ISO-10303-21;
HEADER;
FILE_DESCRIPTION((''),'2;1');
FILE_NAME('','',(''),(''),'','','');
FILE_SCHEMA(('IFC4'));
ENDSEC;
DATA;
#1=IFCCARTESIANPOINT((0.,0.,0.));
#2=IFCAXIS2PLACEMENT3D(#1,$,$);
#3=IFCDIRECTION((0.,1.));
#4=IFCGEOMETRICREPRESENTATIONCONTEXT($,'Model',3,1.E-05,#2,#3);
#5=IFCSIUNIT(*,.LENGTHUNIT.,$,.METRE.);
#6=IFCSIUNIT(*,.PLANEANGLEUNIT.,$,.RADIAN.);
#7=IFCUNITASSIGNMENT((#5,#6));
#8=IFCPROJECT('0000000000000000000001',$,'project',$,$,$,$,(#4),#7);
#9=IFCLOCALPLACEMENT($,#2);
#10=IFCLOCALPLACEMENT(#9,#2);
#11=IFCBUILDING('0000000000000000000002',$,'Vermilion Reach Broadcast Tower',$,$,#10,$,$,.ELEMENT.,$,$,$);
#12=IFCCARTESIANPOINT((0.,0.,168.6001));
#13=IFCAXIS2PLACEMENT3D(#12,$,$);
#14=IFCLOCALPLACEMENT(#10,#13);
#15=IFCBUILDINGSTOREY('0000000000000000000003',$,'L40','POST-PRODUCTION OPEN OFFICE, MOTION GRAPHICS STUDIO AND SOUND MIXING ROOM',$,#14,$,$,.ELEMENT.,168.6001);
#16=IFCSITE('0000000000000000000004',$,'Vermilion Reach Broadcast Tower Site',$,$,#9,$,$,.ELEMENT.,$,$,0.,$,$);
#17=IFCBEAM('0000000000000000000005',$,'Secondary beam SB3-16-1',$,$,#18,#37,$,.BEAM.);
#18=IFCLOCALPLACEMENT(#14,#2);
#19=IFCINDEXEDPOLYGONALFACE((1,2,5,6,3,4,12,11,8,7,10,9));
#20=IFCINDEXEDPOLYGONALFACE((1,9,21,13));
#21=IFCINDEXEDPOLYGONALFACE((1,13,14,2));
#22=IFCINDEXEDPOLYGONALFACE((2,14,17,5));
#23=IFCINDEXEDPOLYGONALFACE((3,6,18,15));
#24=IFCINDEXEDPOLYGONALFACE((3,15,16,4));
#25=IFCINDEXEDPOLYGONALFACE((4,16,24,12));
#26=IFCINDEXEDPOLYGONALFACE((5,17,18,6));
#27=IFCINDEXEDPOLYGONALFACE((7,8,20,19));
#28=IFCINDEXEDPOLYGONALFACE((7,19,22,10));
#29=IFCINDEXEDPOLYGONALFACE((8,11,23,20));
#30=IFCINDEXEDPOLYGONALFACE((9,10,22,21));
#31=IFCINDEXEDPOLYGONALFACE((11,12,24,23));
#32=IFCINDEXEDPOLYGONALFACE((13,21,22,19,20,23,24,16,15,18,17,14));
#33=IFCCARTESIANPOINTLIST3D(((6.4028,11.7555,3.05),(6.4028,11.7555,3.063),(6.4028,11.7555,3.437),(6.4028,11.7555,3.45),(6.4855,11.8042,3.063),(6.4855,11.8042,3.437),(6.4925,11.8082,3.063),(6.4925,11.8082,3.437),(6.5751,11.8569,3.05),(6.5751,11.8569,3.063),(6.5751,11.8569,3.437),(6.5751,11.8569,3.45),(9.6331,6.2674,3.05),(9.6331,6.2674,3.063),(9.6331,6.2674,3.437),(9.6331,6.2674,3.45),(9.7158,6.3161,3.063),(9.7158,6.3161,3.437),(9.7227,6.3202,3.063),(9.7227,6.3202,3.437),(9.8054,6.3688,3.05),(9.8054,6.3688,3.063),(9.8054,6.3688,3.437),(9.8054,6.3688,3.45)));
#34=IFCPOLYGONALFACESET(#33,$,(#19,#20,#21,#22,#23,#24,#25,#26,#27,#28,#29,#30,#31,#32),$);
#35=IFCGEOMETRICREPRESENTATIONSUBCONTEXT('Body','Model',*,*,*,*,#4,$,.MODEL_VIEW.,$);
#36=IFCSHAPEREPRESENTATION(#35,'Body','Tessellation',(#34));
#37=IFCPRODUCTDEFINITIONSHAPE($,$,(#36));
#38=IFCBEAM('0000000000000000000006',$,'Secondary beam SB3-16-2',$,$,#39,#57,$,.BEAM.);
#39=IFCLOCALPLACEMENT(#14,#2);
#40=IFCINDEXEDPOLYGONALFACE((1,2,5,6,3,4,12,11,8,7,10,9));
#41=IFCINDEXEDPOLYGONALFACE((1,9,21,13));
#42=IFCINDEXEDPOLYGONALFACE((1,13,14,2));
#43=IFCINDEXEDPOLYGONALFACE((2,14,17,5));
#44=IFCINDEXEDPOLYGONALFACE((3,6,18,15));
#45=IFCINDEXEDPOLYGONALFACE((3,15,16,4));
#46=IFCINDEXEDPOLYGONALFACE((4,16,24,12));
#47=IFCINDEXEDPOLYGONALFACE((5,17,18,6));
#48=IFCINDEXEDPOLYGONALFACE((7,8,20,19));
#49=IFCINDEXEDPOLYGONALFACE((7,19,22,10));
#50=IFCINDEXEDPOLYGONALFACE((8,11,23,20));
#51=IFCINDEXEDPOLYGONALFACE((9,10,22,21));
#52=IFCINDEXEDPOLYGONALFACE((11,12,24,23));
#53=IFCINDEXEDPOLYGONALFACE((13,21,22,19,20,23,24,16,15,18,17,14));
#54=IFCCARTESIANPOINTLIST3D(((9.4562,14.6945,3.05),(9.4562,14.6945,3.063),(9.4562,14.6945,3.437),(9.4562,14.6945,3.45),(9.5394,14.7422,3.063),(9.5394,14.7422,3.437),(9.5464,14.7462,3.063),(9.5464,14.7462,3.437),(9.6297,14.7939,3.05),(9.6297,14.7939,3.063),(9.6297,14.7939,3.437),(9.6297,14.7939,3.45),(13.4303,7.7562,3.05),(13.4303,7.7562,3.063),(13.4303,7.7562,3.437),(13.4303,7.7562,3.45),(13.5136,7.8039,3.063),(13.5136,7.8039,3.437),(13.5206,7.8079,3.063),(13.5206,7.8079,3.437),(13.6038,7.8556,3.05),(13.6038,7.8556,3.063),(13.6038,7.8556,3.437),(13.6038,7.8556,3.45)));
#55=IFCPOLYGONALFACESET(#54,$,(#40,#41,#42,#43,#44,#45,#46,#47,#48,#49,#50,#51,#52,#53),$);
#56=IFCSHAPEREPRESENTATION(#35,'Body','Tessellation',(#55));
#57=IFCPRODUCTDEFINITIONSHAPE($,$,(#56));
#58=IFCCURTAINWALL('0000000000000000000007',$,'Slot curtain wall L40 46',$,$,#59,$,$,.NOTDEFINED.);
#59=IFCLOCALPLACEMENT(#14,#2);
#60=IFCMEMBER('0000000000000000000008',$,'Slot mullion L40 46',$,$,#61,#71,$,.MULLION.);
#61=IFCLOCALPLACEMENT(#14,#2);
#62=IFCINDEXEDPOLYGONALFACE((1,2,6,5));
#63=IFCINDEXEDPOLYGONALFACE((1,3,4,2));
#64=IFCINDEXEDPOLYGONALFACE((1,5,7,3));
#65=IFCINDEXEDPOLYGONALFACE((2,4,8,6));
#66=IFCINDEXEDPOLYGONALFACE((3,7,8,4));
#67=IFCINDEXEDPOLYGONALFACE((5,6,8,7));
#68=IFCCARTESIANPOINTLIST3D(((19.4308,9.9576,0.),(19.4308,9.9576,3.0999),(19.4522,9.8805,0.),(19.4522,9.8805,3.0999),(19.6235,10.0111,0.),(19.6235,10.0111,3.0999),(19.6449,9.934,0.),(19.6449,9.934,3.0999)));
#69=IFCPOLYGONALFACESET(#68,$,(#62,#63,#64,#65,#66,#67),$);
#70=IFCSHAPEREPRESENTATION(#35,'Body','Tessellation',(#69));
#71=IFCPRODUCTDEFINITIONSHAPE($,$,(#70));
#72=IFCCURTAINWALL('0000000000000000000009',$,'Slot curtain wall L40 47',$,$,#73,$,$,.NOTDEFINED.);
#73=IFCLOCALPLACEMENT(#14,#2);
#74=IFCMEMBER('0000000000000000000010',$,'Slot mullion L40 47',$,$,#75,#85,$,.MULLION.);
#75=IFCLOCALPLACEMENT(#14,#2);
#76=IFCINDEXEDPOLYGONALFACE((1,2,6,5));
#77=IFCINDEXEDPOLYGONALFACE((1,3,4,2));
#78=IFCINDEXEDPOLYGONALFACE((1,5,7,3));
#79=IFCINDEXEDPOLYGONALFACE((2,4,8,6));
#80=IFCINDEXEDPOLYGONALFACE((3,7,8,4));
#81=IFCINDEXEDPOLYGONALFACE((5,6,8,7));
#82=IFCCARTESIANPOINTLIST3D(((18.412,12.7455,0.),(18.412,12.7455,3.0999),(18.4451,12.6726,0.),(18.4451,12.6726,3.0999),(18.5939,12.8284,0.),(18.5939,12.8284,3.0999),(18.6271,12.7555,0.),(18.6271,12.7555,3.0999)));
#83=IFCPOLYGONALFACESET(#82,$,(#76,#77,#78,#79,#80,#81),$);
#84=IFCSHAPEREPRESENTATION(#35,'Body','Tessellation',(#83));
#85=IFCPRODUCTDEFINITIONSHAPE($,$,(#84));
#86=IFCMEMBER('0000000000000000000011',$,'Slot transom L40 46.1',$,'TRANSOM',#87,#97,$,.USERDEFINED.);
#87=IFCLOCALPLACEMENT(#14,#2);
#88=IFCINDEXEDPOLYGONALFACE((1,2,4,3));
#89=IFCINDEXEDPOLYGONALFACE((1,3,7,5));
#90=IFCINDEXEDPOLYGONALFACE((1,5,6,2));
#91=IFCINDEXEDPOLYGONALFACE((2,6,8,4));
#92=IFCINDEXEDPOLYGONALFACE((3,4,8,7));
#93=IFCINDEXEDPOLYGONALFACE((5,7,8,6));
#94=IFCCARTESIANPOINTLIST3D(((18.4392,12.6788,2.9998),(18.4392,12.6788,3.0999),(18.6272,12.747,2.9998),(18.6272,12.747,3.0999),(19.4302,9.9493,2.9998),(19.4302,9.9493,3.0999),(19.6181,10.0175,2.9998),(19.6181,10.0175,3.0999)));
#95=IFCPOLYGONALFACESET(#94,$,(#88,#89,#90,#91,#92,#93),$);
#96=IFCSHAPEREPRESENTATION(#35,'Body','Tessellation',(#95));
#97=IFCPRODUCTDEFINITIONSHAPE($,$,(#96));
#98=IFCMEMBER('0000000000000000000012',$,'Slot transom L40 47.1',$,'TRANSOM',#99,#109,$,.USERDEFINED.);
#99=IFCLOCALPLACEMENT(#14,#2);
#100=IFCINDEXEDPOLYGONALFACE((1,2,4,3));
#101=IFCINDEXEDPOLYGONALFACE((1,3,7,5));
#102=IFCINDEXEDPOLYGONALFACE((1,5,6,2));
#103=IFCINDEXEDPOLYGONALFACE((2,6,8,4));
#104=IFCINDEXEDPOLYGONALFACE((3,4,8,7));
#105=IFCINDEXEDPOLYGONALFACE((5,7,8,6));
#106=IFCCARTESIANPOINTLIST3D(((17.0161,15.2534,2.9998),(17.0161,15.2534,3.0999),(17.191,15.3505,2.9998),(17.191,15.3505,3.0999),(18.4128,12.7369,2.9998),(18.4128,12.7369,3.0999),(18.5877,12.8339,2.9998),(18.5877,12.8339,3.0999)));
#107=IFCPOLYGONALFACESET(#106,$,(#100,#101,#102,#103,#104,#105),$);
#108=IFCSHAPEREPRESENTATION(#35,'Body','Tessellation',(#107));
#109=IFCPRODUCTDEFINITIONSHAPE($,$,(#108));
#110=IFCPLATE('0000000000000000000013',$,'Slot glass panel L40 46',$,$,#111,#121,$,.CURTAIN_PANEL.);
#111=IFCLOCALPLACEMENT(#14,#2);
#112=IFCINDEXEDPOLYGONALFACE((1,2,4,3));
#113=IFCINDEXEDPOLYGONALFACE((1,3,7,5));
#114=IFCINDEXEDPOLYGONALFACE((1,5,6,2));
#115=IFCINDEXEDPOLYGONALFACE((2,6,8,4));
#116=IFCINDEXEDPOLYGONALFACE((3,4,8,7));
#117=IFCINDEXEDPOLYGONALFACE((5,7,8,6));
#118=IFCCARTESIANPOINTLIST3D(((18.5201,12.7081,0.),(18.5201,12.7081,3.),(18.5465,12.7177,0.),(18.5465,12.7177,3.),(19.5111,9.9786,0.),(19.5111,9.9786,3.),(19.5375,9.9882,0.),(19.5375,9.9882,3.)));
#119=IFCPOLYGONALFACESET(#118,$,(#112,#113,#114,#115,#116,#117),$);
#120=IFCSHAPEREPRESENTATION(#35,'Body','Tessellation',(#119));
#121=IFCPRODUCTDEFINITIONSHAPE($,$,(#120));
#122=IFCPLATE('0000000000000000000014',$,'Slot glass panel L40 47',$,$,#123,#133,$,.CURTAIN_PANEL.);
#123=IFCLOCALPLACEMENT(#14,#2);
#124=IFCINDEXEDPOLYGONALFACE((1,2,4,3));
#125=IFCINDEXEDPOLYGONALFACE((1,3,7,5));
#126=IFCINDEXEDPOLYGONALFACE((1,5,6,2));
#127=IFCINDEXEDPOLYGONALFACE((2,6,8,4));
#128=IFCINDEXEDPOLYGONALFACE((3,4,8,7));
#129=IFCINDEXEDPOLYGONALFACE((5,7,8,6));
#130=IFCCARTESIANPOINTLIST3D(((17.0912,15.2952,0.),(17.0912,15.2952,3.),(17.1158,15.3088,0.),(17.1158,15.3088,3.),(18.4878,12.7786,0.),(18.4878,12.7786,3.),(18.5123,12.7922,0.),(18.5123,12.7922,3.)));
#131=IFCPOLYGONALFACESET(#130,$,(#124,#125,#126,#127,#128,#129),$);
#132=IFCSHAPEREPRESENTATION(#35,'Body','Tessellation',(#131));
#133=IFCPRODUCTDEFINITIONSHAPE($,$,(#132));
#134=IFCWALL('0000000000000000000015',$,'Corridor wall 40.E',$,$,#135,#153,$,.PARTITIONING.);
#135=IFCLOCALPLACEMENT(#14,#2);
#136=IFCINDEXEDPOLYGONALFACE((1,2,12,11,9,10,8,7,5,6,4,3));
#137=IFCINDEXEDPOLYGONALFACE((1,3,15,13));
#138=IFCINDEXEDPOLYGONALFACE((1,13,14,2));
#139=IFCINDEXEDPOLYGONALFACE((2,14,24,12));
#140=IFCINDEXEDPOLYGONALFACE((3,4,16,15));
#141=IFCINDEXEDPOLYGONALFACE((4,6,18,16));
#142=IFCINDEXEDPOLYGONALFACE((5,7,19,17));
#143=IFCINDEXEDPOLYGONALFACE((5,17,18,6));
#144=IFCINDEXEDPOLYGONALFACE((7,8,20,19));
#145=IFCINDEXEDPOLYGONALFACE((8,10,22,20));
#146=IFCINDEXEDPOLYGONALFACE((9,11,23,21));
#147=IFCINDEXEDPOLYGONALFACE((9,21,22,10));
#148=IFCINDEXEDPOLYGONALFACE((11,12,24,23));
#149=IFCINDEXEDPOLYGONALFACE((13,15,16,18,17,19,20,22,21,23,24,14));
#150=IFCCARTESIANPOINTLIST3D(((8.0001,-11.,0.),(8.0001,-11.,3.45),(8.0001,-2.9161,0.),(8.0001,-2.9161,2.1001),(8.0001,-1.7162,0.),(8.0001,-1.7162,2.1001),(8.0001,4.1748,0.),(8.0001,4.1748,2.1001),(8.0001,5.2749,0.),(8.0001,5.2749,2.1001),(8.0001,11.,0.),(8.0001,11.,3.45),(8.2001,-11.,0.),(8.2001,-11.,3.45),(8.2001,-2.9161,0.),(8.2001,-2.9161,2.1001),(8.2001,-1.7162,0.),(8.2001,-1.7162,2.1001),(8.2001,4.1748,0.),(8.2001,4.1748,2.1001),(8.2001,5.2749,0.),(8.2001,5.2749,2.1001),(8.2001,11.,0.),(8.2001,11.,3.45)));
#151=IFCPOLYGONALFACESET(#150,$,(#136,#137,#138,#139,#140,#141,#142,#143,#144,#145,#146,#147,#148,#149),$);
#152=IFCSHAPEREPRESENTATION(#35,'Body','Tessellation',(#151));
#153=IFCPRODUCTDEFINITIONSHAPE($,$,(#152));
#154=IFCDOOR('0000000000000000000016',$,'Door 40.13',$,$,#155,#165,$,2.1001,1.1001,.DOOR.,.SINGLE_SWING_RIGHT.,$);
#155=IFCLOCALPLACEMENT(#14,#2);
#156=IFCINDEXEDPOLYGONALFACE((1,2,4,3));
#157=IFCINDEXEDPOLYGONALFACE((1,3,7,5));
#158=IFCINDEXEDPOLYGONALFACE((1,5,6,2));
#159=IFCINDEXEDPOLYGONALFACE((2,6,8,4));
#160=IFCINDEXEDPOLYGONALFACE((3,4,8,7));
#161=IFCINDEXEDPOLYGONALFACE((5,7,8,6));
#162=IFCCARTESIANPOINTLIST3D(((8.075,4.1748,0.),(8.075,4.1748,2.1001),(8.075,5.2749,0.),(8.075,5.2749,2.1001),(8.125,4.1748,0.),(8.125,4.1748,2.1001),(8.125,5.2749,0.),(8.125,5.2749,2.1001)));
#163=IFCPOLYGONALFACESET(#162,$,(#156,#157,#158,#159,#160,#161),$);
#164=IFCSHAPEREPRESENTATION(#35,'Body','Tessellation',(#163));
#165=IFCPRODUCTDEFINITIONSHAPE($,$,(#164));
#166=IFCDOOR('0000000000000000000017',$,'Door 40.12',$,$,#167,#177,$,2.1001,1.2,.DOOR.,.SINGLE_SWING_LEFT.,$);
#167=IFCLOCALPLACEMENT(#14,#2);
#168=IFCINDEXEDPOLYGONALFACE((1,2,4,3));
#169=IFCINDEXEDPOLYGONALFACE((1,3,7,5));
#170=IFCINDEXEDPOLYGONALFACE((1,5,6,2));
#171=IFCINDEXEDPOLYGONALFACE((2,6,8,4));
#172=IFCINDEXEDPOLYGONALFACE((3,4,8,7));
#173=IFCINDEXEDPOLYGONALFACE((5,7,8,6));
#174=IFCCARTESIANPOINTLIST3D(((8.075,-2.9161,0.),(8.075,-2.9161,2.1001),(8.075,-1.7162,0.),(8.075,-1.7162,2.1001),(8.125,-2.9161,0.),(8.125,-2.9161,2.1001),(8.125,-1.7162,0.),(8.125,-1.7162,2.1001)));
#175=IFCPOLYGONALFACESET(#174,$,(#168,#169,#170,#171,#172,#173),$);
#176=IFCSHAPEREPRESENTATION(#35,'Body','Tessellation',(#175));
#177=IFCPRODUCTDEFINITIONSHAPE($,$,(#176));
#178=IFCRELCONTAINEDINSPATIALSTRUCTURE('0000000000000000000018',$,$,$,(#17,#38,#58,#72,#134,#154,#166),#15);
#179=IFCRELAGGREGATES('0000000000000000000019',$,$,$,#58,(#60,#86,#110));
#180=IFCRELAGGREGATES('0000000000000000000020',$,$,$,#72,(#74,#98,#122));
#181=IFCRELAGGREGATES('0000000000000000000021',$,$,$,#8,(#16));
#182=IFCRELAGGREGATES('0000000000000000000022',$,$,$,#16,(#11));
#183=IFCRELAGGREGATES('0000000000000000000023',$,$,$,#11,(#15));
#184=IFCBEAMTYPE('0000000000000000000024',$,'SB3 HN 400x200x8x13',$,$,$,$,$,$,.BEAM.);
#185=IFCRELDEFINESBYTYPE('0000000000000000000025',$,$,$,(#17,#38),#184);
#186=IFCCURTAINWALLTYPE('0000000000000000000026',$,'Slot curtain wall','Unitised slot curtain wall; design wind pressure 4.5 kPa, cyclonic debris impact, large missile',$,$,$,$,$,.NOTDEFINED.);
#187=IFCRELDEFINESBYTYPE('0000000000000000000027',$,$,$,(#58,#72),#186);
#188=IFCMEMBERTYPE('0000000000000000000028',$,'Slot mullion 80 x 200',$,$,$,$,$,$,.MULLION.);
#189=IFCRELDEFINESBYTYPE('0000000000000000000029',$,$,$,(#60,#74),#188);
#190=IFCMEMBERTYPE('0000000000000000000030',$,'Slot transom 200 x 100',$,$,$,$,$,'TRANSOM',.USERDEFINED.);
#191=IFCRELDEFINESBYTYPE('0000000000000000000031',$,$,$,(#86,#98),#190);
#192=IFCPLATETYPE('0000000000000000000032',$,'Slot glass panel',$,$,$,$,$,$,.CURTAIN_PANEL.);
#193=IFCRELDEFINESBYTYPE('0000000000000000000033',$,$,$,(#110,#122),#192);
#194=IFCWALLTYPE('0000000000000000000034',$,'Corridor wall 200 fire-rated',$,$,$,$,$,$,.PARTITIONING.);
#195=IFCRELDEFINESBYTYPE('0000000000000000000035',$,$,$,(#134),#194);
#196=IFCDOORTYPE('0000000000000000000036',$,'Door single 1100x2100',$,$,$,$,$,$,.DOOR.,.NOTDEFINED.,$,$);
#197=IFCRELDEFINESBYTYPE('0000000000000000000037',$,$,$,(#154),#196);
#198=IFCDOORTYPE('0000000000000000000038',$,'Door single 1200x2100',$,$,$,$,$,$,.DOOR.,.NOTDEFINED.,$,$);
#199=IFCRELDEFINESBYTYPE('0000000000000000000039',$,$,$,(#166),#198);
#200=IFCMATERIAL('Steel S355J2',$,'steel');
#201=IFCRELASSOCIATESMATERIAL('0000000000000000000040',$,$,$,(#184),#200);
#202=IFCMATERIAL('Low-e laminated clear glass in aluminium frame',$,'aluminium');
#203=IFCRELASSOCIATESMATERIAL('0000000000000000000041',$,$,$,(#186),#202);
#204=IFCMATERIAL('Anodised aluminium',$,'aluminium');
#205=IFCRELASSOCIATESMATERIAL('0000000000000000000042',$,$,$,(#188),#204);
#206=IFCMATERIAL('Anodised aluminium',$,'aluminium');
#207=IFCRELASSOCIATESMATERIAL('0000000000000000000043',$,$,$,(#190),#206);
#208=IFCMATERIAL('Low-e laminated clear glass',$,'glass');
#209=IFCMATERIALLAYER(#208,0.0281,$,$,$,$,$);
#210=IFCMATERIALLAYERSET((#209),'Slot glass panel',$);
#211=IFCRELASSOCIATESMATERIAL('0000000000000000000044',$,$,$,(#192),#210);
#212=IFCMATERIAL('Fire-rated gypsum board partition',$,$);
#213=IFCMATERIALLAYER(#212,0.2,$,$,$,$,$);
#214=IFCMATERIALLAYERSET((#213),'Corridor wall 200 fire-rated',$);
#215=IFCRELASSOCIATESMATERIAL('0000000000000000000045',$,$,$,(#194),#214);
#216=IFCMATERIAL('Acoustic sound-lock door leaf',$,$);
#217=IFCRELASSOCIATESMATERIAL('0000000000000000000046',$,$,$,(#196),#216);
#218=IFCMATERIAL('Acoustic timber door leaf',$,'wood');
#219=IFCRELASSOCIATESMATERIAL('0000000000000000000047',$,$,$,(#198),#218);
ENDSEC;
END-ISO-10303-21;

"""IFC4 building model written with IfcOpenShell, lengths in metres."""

from ifc_helpers import new_model, si_unit, direction, frame, frame_2d, origin, origin_2d, place, context, subcontext, project, spatial, rectangle, i_section, extrude, material, layer, layer_set, material_profile, profile_set, type_object, element, fill, aggregate, save


model = new_model("IFC4")

# Units and contexts
model_context = context("Model", 3, precision=1e-05, world=origin(), true_north=direction((0.0, 1.0)))
body_context = subcontext(model_context, "Body", "Model", "MODEL_VIEW")
ifc_project = project(units=[si_unit("LENGTHUNIT", "METRE"), si_unit("PLANEANGLEUNIT", "RADIAN")], contexts=[model_context])

# Site, building, storey
site_placement = place(None, origin())
site = spatial("IfcSite", under=ifc_project, at=site_placement, Name="Vermilion Reach Broadcast Tower Site", CompositionType="ELEMENT", RefElevation=0.0)
building_placement = place(site_placement, origin())
building = spatial("IfcBuilding", under=site, at=building_placement, Name="Vermilion Reach Broadcast Tower", CompositionType="ELEMENT")
storey_placement = place(building_placement, frame((0.0, 0.0, 168.6001)))
storey = spatial("IfcBuildingStorey", under=building, at=storey_placement, Name="L40", Description="POST-PRODUCTION OPEN OFFICE, MOTION GRAPHICS STUDIO AND SOUND MIXING ROOM", CompositionType="ELEMENT", Elevation=168.6001)

# Beams
ifc_material_1 = material(Name="Steel S355J2", Category="steel")
ifc_material_profile_1 = material_profile(ifc_material_1, i_section(OverallWidth=0.2, OverallDepth=0.3999, WebThickness=0.0081, FlangeThickness=0.0129, at=origin_2d()), Name="S355J2 HN 400x200x8x13")
ifc_profile_set_1 = profile_set([ifc_material_profile_1], Name="Steel S355J2")
beam_type_1 = type_object("IfcBeamType", Name="SB3 HN 400x200x8x13", PredefinedType="BEAM", material=ifc_profile_set_1)
beam_1_placement = place(storey_placement, frame((9.7192, 6.3181, 3.25), z_axis=(-0.50725, 0.861799, 0.0), x_axis=(-0.861799, -0.50725, 0.0)))
element("IfcBeam", 1, at=beam_1_placement, inside=storey, type_object=beam_type_1, Name="Secondary beam SB3-16-1", PredefinedType="BEAM", context=body_context, shape_type="SweptSolid", body=[
    extrude(i_section(OverallWidth=0.2, OverallDepth=0.3999, WebThickness=0.0081, FlangeThickness=0.0129, at=origin_2d()), origin(), (0.0, 0.0, 1.0), 6.3682),
])
beam_2_placement = place(storey_placement, frame((13.5171, 7.8059, 3.25), z_axis=(-0.497027, 0.867735, 0.0), x_axis=(-0.867735, -0.497027, 0.0)))
element("IfcBeam", 2, at=beam_2_placement, inside=storey, type_object=beam_type_1, Name="Secondary beam SB3-16-2", PredefinedType="BEAM", context=body_context, shape_type="SweptSolid", body=[
    extrude(i_section(OverallWidth=0.2, OverallDepth=0.3999, WebThickness=0.0081, FlangeThickness=0.0129, at=origin_2d()), origin(), (0.0, 0.0, 1.0), 7.9958),
])

# Curtain walls, members
ifc_material_2 = material(Name="Low-e laminated clear glass in aluminium frame", Category="aluminium")
curtain_wall_type = type_object("IfcCurtainWallType", Name="Slot curtain wall", Description="Unitised slot curtain wall; design wind pressure 4.5 kPa, cyclonic debris impact, large missile", PredefinedType="NOTDEFINED", material=ifc_material_2)
placement = place(storey_placement, origin())
curtain_wall_1 = element("IfcCurtainWall", 3, at=placement, inside=storey, type_object=curtain_wall_type, Name="Slot curtain wall L40 46", PredefinedType="NOTDEFINED")
ifc_material_3 = material(Name="Anodised aluminium", Category="aluminium")
ifc_material_profile_2 = material_profile(ifc_material_3, rectangle(XDim=0.2, YDim=0.0801, at=origin_2d()), Name="Slot mullion 80 x 200")
ifc_profile_set_2 = profile_set([ifc_material_profile_2], Name="Anodised aluminium")
member_type_1 = type_object("IfcMemberType", Name="Slot mullion 80 x 200", PredefinedType="MULLION", material=ifc_profile_set_2)
member_1_placement = place(storey_placement, frame((19.5378, 9.9458, 0.0), z_axis=(0.0, 0.0, 1.0), x_axis=(-0.963506, -0.267685, 0.0)))
member_1 = element("IfcMember", 4, at=member_1_placement, type_object=member_type_1, Name="Slot mullion L40 46", PredefinedType="MULLION", context=body_context, shape_type="SweptSolid", body=[
    extrude(rectangle(XDim=0.2, YDim=0.0801, at=origin_2d()), origin(), (0.0, 0.0, 1.0), 3.0999),
])
curtain_wall_2 = element("IfcCurtainWall", 5, at=placement, inside=storey, type_object=curtain_wall_type, Name="Slot curtain wall L40 47", PredefinedType="NOTDEFINED")
member_2_placement = place(storey_placement, frame((18.5195, 12.7505, 0.0), z_axis=(0.0, 0.0, 1.0), x_axis=(-0.910026, -0.414552, 0.0)))
member_2 = element("IfcMember", 6, at=member_2_placement, type_object=member_type_1, Name="Slot mullion L40 47", PredefinedType="MULLION", context=body_context, shape_type="SweptSolid", body=[
    extrude(rectangle(XDim=0.2, YDim=0.0801, at=origin_2d()), origin(), (0.0, 0.0, 1.0), 3.0999),
])

# Members
ifc_material_4 = material(Name="Anodised aluminium", Category="aluminium")
ifc_material_profile_3 = material_profile(ifc_material_4, rectangle(XDim=0.2, YDim=0.1001, at=origin_2d()), Name="Slot transom 200 x 100")
ifc_profile_set_3 = profile_set([ifc_material_profile_3], Name="Anodised aluminium")
member_type_2 = type_object("IfcMemberType", Name="Slot transom 200 x 100", ElementType="TRANSOM", PredefinedType="USERDEFINED", material=ifc_profile_set_3)
member_3_placement = place(storey_placement, frame((19.5242, 9.9834, 3.0498), z_axis=(-0.341264, 0.939968, 0.0), x_axis=(-0.939968, -0.341264, 0.0)))
member_3 = element("IfcMember", 7, at=member_3_placement, type_object=member_type_2, Name="Slot transom L40 46.1", ObjectType="TRANSOM", PredefinedType="USERDEFINED", context=body_context, shape_type="SweptSolid", body=[
    extrude(rectangle(XDim=0.2, YDim=0.1001, at=origin_2d()), origin(), (0.0, 0.0, 1.0), 2.9038),
])
member_4_placement = place(storey_placement, frame((18.5002, 12.7854, 3.0498), z_axis=(-0.485276, 0.874361, 0.0), x_axis=(-0.874361, -0.485276, 0.0)))
member_4 = element("IfcMember", 8, at=member_4_placement, type_object=member_type_2, Name="Slot transom L40 47.1", ObjectType="TRANSOM", PredefinedType="USERDEFINED", context=body_context, shape_type="SweptSolid", body=[
    extrude(rectangle(XDim=0.2, YDim=0.1001, at=origin_2d()), origin(), (0.0, 0.0, 1.0), 2.8782),
])

# Plates
ifc_material_5 = material(Name="Low-e laminated clear glass", Category="glass")
ifc_layer_1 = layer(ifc_material_5, 0.0281)
ifc_layer_set_1 = layer_set([ifc_layer_1], Name="Slot glass panel")
plate_type = type_object("IfcPlateType", Name="Slot glass panel", PredefinedType="CURTAIN_PANEL", material=ifc_layer_set_1)
plate_1_placement = place(storey_placement, frame((19.0288, 11.3481, 0.0), z_axis=(0.0, 0.0, 1.0), x_axis=(-0.34129, 0.939958, 0.0)))
plate_1 = element("IfcPlate", 9, at=plate_1_placement, type_object=plate_type, Name="Slot glass panel L40 46", PredefinedType="CURTAIN_PANEL", context=body_context, shape_type="SweptSolid", body=[
    extrude(rectangle(XDim=2.9038, YDim=0.0281, at=origin_2d()), origin(), (0.0, 0.0, 1.0), 3.0),
])
aggregate(curtain_wall_1, [member_1, member_3, plate_1])
plate_2_placement = place(storey_placement, frame((17.8018, 14.0437, 0.0), z_axis=(0.0, 0.0, 1.0), x_axis=(-0.485218, 0.874393, 0.0)))
plate_2 = element("IfcPlate", 10, at=plate_2_placement, type_object=plate_type, Name="Slot glass panel L40 47", PredefinedType="CURTAIN_PANEL", context=body_context, shape_type="SweptSolid", body=[
    extrude(rectangle(XDim=2.8782, YDim=0.0281, at=origin_2d()), origin(), (0.0, 0.0, 1.0), 3.0),
])
aggregate(curtain_wall_2, [member_2, member_4, plate_2])

# Wall, openings, doors
ifc_material_6 = material(Name="Fire-rated gypsum board partition")
ifc_layer_2 = layer(ifc_material_6, 0.2)
ifc_layer_set_2 = layer_set([ifc_layer_2], Name="Corridor wall 200 fire-rated")
wall_type_1 = type_object("IfcWallType", Name="Corridor wall 200 fire-rated", PredefinedType="PARTITIONING", material=ifc_layer_set_2)
wall_1_placement = place(storey_placement, frame((8.1001, 11.0, 0.0), z_axis=(0.0, 0.0, 1.0), x_axis=(0.0, -1.0, 0.0)))
wall_1 = element("IfcWall", 11, at=wall_1_placement, inside=storey, type_object=wall_type_1, Name="Corridor wall 40.E", PredefinedType="PARTITIONING", context=body_context, shape_type="SweptSolid", body=[
    extrude(rectangle(XDim=22.0, YDim=0.2, at=frame_2d((11.0, 0.0))), origin(), (0.0, 0.0, 1.0), 3.45),
])
opening_1_placement = place(wall_1_placement, frame((12.7161, 0.0, 0.0)))
opening_1 = element("IfcOpeningElement", 12, at=opening_1_placement, cuts=wall_1, PredefinedType="OPENING", context=body_context, shape_type="SweptSolid", body=[
    extrude(rectangle(XDim=1.2, YDim=2.1001, at=frame_2d((0.6001, 1.05))), frame((0.0, 0.1099, 0.0), z_axis=(0.0, -1.0, 0.0), x_axis=(1.0, 0.0, 0.0)), (0.0, 0.0, 1.0), 0.22),
])
opening_2_placement = place(wall_1_placement, frame((5.7251, 0.0, 0.0)))
opening_2 = element("IfcOpeningElement", 13, at=opening_2_placement, cuts=wall_1, PredefinedType="OPENING", context=body_context, shape_type="SweptSolid", body=[
    extrude(rectangle(XDim=1.1001, YDim=2.1001, at=frame_2d((0.55, 1.05))), frame((0.0, 0.1099, 0.0), z_axis=(0.0, -1.0, 0.0), x_axis=(1.0, 0.0, 0.0)), (0.0, 0.0, 1.0), 0.22),
])
ifc_material_7 = material(Name="Acoustic sound-lock door leaf")
door_type_1 = type_object("IfcDoorType", Name="Door single 1100x2100", OperationType="NOTDEFINED", PredefinedType="DOOR", material=ifc_material_7)
door_1_placement = place(opening_2_placement, origin())
door_1 = element("IfcDoor", 14, at=door_1_placement, inside=storey, type_object=door_type_1, Name="Door 40.13", OperationType="SINGLE_SWING_RIGHT", OverallHeight=2.1001, OverallWidth=1.1001, PredefinedType="DOOR", context=body_context, shape_type="SweptSolid", body=[
    extrude(rectangle(XDim=1.1001, YDim=2.1001, at=frame_2d((0.55, 1.05))), frame((0.0, 0.0249, 0.0), z_axis=(0.0, -1.0, 0.0), x_axis=(1.0, 0.0, 0.0)), (0.0, 0.0, 1.0), 0.05),
])
fill(opening_2, door_1)
ifc_material_8 = material(Name="Acoustic timber door leaf", Category="wood")
door_type_2 = type_object("IfcDoorType", Name="Door single 1200x2100", OperationType="NOTDEFINED", PredefinedType="DOOR", material=ifc_material_8)
door_2_placement = place(opening_1_placement, origin())
door_2 = element("IfcDoor", 15, at=door_2_placement, inside=storey, type_object=door_type_2, Name="Door 40.12", OperationType="SINGLE_SWING_LEFT", OverallHeight=2.1001, OverallWidth=1.2, PredefinedType="DOOR", context=body_context, shape_type="SweptSolid", body=[
    extrude(rectangle(XDim=1.2, YDim=2.1001, at=frame_2d((0.6001, 1.05))), frame((0.0, 0.0249, 0.0), z_axis=(0.0, -1.0, 0.0), x_axis=(1.0, 0.0, 0.0)), (0.0, 0.0, 1.0), 0.05),
])
fill(opening_1, door_2)

save(model, "model.ifc")
